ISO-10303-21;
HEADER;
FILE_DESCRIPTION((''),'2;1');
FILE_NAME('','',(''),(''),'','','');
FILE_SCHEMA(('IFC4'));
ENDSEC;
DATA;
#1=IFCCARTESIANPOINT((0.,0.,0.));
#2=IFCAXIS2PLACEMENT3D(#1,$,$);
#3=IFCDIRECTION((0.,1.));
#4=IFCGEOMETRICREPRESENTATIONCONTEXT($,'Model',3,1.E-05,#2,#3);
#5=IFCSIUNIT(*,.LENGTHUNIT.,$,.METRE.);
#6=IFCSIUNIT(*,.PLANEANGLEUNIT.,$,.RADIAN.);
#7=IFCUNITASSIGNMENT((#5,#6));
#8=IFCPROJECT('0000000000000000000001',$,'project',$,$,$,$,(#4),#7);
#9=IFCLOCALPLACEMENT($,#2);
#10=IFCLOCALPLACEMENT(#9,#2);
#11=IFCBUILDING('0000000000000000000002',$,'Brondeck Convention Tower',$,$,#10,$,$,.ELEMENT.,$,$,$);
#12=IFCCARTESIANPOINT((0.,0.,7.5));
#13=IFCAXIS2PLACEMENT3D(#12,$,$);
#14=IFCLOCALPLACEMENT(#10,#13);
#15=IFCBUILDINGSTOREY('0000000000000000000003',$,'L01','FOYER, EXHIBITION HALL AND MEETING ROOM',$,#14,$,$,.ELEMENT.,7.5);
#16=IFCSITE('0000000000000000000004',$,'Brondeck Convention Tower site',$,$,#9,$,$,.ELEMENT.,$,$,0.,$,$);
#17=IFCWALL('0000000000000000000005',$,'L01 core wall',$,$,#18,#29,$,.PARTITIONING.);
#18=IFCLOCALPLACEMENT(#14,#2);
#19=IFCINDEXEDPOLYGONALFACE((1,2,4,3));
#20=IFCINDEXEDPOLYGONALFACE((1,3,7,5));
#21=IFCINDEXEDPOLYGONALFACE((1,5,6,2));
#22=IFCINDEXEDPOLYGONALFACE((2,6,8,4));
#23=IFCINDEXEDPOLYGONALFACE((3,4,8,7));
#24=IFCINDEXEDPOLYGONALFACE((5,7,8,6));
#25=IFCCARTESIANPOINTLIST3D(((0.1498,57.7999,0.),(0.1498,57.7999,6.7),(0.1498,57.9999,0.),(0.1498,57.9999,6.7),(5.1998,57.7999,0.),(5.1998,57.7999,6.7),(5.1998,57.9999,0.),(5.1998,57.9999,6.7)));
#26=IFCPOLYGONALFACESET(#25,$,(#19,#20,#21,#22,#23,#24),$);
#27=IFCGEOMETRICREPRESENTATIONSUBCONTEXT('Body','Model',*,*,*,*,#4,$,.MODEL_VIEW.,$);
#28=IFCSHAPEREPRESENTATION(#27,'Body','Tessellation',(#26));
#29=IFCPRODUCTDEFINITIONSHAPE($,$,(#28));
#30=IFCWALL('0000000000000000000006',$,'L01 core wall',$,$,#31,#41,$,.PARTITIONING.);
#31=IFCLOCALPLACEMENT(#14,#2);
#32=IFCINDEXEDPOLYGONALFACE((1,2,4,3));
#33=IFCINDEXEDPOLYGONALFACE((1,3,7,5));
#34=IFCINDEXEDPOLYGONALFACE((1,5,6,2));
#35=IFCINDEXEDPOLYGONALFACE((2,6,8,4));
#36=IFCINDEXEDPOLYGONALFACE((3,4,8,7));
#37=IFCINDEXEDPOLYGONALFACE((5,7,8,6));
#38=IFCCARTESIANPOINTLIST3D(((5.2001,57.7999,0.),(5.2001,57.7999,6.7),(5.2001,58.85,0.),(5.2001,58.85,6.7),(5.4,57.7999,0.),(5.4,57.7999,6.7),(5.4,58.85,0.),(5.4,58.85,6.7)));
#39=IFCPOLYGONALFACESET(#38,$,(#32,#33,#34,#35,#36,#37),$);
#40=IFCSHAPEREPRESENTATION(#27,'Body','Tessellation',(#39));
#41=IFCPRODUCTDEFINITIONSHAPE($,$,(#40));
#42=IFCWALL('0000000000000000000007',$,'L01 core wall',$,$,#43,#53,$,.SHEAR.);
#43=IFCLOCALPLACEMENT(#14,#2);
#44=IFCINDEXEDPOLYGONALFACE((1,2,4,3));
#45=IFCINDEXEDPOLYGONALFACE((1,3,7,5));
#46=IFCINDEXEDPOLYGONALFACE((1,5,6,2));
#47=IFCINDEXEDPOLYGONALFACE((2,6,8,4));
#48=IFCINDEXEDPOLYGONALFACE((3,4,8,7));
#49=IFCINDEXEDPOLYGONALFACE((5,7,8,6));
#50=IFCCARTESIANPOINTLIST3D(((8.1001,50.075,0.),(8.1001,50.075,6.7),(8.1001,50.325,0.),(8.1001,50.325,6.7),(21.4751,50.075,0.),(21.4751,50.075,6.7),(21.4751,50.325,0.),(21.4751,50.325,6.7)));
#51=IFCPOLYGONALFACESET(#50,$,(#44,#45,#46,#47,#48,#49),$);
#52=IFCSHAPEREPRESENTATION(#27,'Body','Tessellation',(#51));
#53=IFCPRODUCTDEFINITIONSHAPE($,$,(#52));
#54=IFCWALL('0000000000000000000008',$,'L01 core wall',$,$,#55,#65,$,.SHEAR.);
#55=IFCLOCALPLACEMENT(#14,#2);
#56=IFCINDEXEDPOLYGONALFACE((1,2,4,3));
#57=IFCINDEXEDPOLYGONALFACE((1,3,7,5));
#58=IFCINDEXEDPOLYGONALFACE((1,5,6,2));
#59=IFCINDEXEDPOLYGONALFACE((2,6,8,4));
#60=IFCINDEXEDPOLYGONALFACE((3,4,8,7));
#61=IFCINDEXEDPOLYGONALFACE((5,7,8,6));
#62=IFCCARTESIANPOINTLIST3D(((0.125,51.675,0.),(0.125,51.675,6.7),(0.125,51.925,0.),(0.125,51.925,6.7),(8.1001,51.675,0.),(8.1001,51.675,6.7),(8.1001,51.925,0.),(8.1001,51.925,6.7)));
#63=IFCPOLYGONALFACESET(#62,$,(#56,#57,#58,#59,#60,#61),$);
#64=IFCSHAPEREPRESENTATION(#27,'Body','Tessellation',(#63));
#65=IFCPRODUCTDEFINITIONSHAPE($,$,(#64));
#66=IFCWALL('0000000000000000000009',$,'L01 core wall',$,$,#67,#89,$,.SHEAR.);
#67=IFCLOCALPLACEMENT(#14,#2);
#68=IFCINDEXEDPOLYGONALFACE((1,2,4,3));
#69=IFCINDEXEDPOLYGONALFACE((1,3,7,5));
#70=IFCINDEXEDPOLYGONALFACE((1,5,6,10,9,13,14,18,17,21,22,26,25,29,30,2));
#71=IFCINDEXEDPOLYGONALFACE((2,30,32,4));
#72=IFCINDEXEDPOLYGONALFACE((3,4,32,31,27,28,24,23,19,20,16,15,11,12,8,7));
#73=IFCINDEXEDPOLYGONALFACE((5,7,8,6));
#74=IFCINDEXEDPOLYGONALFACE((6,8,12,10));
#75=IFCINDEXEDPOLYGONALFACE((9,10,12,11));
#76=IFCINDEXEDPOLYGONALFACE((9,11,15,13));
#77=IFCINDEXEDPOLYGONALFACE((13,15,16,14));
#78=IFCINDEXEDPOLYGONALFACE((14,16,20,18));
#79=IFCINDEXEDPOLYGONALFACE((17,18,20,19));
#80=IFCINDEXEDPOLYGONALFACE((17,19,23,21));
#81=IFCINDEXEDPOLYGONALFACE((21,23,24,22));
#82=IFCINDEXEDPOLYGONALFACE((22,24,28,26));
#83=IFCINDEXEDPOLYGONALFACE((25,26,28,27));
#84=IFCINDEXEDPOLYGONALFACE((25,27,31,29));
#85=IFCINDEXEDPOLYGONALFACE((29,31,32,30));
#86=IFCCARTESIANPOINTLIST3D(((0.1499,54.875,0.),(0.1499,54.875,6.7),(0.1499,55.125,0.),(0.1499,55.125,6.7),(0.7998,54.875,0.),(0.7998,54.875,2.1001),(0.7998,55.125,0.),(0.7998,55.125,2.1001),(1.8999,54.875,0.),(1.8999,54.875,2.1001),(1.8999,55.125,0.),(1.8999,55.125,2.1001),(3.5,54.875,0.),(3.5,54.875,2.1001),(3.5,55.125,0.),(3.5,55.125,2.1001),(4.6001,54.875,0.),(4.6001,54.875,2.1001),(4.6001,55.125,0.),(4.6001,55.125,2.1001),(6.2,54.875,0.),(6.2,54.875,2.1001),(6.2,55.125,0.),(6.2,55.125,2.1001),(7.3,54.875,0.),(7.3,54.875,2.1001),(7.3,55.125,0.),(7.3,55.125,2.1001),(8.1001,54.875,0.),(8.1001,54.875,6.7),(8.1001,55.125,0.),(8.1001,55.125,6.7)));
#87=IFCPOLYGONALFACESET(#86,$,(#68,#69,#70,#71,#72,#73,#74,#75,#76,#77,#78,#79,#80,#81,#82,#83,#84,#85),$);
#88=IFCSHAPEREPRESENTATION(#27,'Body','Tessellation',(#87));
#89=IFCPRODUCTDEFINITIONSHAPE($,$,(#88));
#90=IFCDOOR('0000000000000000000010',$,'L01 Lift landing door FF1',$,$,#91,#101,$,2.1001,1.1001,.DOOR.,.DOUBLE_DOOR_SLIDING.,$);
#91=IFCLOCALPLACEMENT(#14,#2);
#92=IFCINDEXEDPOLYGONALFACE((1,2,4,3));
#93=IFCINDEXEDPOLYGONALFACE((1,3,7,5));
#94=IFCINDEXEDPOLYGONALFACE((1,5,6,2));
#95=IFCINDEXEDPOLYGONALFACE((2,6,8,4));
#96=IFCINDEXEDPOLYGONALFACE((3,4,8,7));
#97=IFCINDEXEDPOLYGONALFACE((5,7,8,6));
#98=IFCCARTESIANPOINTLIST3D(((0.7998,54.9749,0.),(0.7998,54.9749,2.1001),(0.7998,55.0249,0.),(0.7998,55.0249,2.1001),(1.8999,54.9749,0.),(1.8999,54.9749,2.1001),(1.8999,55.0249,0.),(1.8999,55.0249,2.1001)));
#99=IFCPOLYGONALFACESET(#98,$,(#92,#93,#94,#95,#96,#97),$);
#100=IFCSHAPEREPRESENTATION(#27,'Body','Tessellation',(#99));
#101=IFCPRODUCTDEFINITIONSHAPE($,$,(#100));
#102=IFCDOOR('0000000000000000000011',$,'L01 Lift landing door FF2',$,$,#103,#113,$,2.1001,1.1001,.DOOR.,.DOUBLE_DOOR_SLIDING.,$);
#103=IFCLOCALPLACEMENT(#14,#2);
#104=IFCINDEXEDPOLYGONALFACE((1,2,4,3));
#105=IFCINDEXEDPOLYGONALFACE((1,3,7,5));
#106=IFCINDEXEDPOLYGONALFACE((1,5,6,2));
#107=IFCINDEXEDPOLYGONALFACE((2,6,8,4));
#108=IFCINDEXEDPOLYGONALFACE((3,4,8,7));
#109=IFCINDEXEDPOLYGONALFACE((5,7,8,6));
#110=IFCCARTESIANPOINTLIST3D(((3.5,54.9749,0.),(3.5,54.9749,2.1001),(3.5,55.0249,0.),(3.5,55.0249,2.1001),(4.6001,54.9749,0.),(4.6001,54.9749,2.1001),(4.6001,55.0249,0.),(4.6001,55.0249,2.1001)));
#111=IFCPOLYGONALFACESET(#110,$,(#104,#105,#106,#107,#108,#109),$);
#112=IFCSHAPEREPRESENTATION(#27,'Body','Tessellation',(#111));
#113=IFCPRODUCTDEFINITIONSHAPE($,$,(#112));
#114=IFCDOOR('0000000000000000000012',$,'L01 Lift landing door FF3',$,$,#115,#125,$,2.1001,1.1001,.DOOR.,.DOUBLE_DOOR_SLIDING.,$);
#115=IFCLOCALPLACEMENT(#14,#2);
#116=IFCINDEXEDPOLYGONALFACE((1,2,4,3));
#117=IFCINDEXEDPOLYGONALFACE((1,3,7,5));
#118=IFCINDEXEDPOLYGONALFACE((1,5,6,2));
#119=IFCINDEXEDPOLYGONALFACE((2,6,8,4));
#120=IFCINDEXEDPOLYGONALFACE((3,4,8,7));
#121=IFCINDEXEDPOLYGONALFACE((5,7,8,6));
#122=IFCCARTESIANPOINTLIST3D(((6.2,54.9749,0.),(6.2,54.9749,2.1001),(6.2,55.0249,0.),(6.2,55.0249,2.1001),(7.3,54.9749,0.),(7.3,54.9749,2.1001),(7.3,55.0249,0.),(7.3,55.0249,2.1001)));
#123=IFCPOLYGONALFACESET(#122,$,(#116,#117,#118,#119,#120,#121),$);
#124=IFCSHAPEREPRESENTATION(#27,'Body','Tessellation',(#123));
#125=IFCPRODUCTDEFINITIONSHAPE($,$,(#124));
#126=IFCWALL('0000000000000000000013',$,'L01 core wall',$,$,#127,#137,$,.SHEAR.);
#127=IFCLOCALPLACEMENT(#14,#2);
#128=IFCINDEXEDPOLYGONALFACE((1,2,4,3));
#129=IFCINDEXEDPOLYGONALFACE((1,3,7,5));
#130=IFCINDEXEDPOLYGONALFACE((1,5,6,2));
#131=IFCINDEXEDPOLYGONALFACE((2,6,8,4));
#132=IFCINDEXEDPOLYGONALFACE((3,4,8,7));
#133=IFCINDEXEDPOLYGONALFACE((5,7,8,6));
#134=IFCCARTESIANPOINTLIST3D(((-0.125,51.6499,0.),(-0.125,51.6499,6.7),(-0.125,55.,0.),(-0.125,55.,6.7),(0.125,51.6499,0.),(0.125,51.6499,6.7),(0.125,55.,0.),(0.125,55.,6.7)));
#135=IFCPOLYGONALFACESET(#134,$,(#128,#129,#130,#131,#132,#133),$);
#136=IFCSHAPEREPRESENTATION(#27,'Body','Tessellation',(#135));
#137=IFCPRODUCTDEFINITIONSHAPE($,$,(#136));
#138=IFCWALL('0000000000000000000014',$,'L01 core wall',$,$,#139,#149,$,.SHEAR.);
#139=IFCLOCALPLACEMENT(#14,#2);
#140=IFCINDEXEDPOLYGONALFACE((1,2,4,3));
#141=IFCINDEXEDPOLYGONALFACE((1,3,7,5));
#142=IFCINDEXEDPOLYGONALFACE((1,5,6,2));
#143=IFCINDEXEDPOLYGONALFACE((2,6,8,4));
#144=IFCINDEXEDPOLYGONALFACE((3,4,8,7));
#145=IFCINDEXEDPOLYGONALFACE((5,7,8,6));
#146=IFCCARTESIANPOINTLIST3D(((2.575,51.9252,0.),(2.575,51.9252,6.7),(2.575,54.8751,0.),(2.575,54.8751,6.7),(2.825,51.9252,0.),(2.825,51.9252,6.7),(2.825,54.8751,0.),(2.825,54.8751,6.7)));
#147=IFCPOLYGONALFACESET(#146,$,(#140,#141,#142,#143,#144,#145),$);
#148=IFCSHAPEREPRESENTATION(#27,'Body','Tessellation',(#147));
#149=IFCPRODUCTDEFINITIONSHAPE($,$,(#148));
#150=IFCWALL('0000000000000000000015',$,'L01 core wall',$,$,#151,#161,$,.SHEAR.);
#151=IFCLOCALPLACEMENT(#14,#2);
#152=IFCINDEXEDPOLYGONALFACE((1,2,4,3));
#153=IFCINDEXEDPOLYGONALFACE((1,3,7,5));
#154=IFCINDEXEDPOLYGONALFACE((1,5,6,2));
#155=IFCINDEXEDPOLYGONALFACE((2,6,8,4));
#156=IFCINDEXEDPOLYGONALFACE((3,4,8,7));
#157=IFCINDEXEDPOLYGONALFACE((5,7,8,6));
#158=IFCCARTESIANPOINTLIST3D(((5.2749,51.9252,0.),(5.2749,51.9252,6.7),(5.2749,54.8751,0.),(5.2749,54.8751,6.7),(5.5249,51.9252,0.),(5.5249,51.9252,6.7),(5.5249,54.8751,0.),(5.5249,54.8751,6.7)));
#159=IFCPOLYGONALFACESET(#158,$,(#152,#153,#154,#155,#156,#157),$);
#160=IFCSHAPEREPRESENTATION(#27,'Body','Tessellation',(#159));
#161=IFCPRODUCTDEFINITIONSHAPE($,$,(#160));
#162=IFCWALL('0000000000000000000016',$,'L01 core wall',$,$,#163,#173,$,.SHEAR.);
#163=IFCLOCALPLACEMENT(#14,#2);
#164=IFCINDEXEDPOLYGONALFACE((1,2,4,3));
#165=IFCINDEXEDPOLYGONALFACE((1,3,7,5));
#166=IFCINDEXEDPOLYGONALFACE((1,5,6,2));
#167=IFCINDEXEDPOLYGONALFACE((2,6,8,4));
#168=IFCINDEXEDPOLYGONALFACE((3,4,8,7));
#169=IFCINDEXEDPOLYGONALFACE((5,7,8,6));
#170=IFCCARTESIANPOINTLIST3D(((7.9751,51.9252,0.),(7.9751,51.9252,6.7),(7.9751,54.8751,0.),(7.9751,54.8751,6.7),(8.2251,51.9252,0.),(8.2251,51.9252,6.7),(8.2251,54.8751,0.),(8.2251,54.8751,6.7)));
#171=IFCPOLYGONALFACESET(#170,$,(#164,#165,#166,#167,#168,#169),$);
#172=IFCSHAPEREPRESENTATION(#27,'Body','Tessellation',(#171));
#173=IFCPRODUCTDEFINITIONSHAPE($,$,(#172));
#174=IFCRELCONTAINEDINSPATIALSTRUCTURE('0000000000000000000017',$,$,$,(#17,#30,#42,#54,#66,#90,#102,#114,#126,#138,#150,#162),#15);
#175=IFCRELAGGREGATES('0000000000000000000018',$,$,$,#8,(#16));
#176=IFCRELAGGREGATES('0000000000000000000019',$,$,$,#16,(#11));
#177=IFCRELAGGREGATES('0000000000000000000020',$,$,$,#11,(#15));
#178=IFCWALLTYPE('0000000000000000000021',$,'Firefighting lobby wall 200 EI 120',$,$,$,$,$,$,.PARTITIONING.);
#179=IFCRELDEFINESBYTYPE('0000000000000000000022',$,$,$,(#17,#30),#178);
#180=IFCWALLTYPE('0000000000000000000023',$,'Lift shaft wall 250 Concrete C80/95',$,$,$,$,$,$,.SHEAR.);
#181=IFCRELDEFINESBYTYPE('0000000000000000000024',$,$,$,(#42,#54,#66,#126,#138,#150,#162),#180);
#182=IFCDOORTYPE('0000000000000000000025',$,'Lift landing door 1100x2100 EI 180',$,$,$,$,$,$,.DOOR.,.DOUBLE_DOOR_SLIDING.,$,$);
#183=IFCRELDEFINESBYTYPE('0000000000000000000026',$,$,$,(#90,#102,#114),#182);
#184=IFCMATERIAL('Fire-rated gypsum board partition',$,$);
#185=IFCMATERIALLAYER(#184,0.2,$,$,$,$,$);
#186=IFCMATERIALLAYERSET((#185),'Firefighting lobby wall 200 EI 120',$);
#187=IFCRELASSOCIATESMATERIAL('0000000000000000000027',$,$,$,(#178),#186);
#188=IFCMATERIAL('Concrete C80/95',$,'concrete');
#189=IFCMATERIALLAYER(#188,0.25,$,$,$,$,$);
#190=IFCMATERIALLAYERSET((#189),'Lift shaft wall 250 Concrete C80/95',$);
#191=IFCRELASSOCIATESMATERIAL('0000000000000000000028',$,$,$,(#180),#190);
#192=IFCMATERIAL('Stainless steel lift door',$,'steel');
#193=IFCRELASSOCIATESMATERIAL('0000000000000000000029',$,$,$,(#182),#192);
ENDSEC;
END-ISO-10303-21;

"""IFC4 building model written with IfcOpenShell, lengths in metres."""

from ifc_helpers import new_model, si_unit, direction, frame, frame_2d, origin, place, context, subcontext, project, spatial, rectangle, extrude, material, layer, layer_set, type_object, element, fill, save


model = new_model("IFC4")

# Units and contexts
model_context = context("Model", 3, precision=1e-05, world=origin(), true_north=direction((0.0, 1.0)))
body_context = subcontext(model_context, "Body", "Model", "MODEL_VIEW")
ifc_project = project(units=[si_unit("LENGTHUNIT", "METRE"), si_unit("PLANEANGLEUNIT", "RADIAN")], contexts=[model_context])

# Site, building, storey
site_placement = place(None, origin())
site = spatial("IfcSite", under=ifc_project, at=site_placement, Name="Brondeck Convention Tower site", CompositionType="ELEMENT", RefElevation=0.0)
building_placement = place(site_placement, origin())
building = spatial("IfcBuilding", under=site, at=building_placement, Name="Brondeck Convention Tower", CompositionType="ELEMENT")
storey_placement = place(building_placement, frame((0.0, 0.0, 7.5)))
storey = spatial("IfcBuildingStorey", under=building, at=storey_placement, Name="L01", Description="FOYER, EXHIBITION HALL AND MEETING ROOM", CompositionType="ELEMENT", Elevation=7.5)

# Shared definitions
ifc_material_1 = material(Name="Concrete C80/95", Category="concrete")

# Shared definitions
ifc_material_2 = material(Name="Fire-rated gypsum board partition")

# Shared definitions
ifc_layer_1 = layer(ifc_material_2, 0.2)
ifc_layer_set_1 = layer_set([ifc_layer_1], Name="Firefighting lobby wall 200 EI 120")
wall_type_1 = type_object("IfcWallType", Name="Firefighting lobby wall 200 EI 120", PredefinedType="PARTITIONING", material=ifc_layer_set_1)

# Walls
wall_1_placement = place(storey_placement, frame((0.1499, 57.8999, 0.0), z_axis=(0.0, 0.0, 1.0), x_axis=(1.0, 0.0, 0.0)))
element("IfcWall", 1, at=wall_1_placement, inside=storey, type_object=wall_type_1, Name="L01 core wall", PredefinedType="PARTITIONING", context=body_context, shape_type="SweptSolid", body=[
    extrude(rectangle(XDim=5.05, YDim=0.2, at=frame_2d((2.5249, 0.0))), origin(), (0.0, 0.0, 1.0), 6.7),
])
wall_2_placement = place(storey_placement, frame((5.3, 57.8, 0.0), z_axis=(0.0, 0.0, 1.0), x_axis=(0.0, 1.0, 0.0)))
element("IfcWall", 2, at=wall_2_placement, inside=storey, type_object=wall_type_1, Name="L01 core wall", PredefinedType="PARTITIONING", context=body_context, shape_type="SweptSolid", body=[
    extrude(rectangle(XDim=1.05, YDim=0.2, at=frame_2d((0.5249, 0.0))), origin(), (0.0, 0.0, 1.0), 6.7),
])
ifc_layer_2 = layer(ifc_material_1, 0.25)
ifc_layer_set_2 = layer_set([ifc_layer_2], Name="Lift shaft wall 250 Concrete C80/95")
wall_type_2 = type_object("IfcWallType", Name="Lift shaft wall 250 Concrete C80/95", PredefinedType="SHEAR", material=ifc_layer_set_2)
wall_3_placement = place(storey_placement, frame((8.1001, 50.2, 0.0), z_axis=(0.0, 0.0, 1.0), x_axis=(1.0, 0.0, 0.0)))
element("IfcWall", 3, at=wall_3_placement, inside=storey, type_object=wall_type_2, Name="L01 core wall", PredefinedType="SHEAR", context=body_context, shape_type="SweptSolid", body=[
    extrude(rectangle(XDim=13.375, YDim=0.25, at=frame_2d((6.6875, 0.0))), origin(), (0.0, 0.0, 1.0), 6.7),
])
wall_4_placement = place(storey_placement, frame((0.125, 51.8, 0.0), z_axis=(0.0, 0.0, 1.0), x_axis=(1.0, 0.0, 0.0)))
element("IfcWall", 4, at=wall_4_placement, inside=storey, type_object=wall_type_2, Name="L01 core wall", PredefinedType="SHEAR", context=body_context, shape_type="SweptSolid", body=[
    extrude(rectangle(XDim=7.9751, YDim=0.25, at=frame_2d((3.9875, 0.0))), origin(), (0.0, 0.0, 1.0), 6.7),
])

# Wall, openings, doors
wall_5_placement = place(storey_placement, frame((0.1499, 55.0, 0.0), z_axis=(0.0, 0.0, 1.0), x_axis=(1.0, 0.0, 0.0)))
wall_5 = element("IfcWall", 5, at=wall_5_placement, inside=storey, type_object=wall_type_2, Name="L01 core wall", PredefinedType="SHEAR", context=body_context, shape_type="SweptSolid", body=[
    extrude(rectangle(XDim=7.9502, YDim=0.25, at=frame_2d((3.9751, 0.0))), origin(), (0.0, 0.0, 1.0), 6.7),
])
opening_1_placement = place(wall_5_placement, frame((0.6499, 0.0, 0.0)))
opening_1 = element("IfcOpeningElement", 6, at=opening_1_placement, cuts=wall_5, PredefinedType="OPENING", context=body_context, shape_type="SweptSolid", body=[
    extrude(rectangle(XDim=1.1001, YDim=2.1001, at=frame_2d((0.55, 1.05))), frame((0.0, 0.135, 0.0), z_axis=(0.0, -1.0, 0.0), x_axis=(1.0, 0.0, 0.0)), (0.0, 0.0, 1.0), 0.27),
])
opening_2_placement = place(wall_5_placement, frame((3.3501, 0.0, 0.0)))
opening_2 = element("IfcOpeningElement", 7, at=opening_2_placement, cuts=wall_5, PredefinedType="OPENING", context=body_context, shape_type="SweptSolid", body=[
    extrude(rectangle(XDim=1.1001, YDim=2.1001, at=frame_2d((0.55, 1.05))), frame((0.0, 0.135, 0.0), z_axis=(0.0, -1.0, 0.0), x_axis=(1.0, 0.0, 0.0)), (0.0, 0.0, 1.0), 0.27),
])
opening_3_placement = place(wall_5_placement, frame((6.05, 0.0, 0.0)))
opening_3 = element("IfcOpeningElement", 8, at=opening_3_placement, cuts=wall_5, PredefinedType="OPENING", context=body_context, shape_type="SweptSolid", body=[
    extrude(rectangle(XDim=1.1001, YDim=2.1001, at=frame_2d((0.55, 1.05))), frame((0.0, 0.135, 0.0), z_axis=(0.0, -1.0, 0.0), x_axis=(1.0, 0.0, 0.0)), (0.0, 0.0, 1.0), 0.27),
])
ifc_material_3 = material(Name="Stainless steel lift door", Category="steel")
door_type_1 = type_object("IfcDoorType", Name="Lift landing door 1100x2100 EI 180", OperationType="DOUBLE_DOOR_SLIDING", PredefinedType="DOOR", material=ifc_material_3)
door_1_placement = place(opening_1_placement, origin())
door_1 = element("IfcDoor", 9, at=door_1_placement, inside=storey, type_object=door_type_1, Name="L01 Lift landing door FF1", OperationType="DOUBLE_DOOR_SLIDING", OverallHeight=2.1001, OverallWidth=1.1001, PredefinedType="DOOR", context=body_context, shape_type="SweptSolid", body=[
    extrude(rectangle(XDim=1.1001, YDim=2.1001, at=frame_2d((0.55, 1.05))), frame((0.0, 0.0249, 0.0), z_axis=(0.0, -1.0, 0.0), x_axis=(1.0, 0.0, 0.0)), (0.0, 0.0, 1.0), 0.05),
])
fill(opening_1, door_1)
door_2_placement = place(opening_2_placement, origin())
door_2 = element("IfcDoor", 10, at=door_2_placement, inside=storey, type_object=door_type_1, Name="L01 Lift landing door FF2", OperationType="DOUBLE_DOOR_SLIDING", OverallHeight=2.1001, OverallWidth=1.1001, PredefinedType="DOOR", context=body_context, shape_type="SweptSolid", body=[
    extrude(rectangle(XDim=1.1001, YDim=2.1001, at=frame_2d((0.55, 1.05))), frame((0.0, 0.0249, 0.0), z_axis=(0.0, -1.0, 0.0), x_axis=(1.0, 0.0, 0.0)), (0.0, 0.0, 1.0), 0.05),
])
fill(opening_2, door_2)
door_3_placement = place(opening_3_placement, origin())
door_3 = element("IfcDoor", 11, at=door_3_placement, inside=storey, type_object=door_type_1, Name="L01 Lift landing door FF3", OperationType="DOUBLE_DOOR_SLIDING", OverallHeight=2.1001, OverallWidth=1.1001, PredefinedType="DOOR", context=body_context, shape_type="SweptSolid", body=[
    extrude(rectangle(XDim=1.1001, YDim=2.1001, at=frame_2d((0.55, 1.05))), frame((0.0, 0.0249, 0.0), z_axis=(0.0, -1.0, 0.0), x_axis=(1.0, 0.0, 0.0)), (0.0, 0.0, 1.0), 0.05),
])
fill(opening_3, door_3)

# Walls
wall_6_placement = place(storey_placement, frame((0.0, 51.6499, 0.0), z_axis=(0.0, 0.0, 1.0), x_axis=(0.0, 1.0, 0.0)))
element("IfcWall", 12, at=wall_6_placement, inside=storey, type_object=wall_type_2, Name="L01 core wall", PredefinedType="SHEAR", context=body_context, shape_type="SweptSolid", body=[
    extrude(rectangle(XDim=3.3501, YDim=0.25, at=frame_2d((1.675, 0.0))), origin(), (0.0, 0.0, 1.0), 6.7),
])
for number, where, z_axis, x_axis, name in (
    (13, (2.7, 51.925, 0.0), (0.0, 0.0, 1.0), (0.0, 1.0, 0.0), "L01 core wall"),
    (14, (5.3999, 51.925, 0.0), (0.0, 0.0, 1.0), (0.0, 1.0, 0.0), "L01 core wall"),
    (15, (8.1001, 51.925, 0.0), (0.0, 0.0, 1.0), (0.0, 1.0, 0.0), "L01 core wall"),
):
    element("IfcWall", number, at=place(storey_placement, frame(where, z_axis=z_axis, x_axis=x_axis)), inside=storey, type_object=wall_type_2, Name=name, PredefinedType="SHEAR", context=body_context, shape_type="SweptSolid", body=[
        extrude(rectangle(XDim=2.95, YDim=0.25, at=frame_2d((1.4751, 0.0))), origin(), (0.0, 0.0, 1.0), 6.7),
    ])

save(model, "model.ifc")
